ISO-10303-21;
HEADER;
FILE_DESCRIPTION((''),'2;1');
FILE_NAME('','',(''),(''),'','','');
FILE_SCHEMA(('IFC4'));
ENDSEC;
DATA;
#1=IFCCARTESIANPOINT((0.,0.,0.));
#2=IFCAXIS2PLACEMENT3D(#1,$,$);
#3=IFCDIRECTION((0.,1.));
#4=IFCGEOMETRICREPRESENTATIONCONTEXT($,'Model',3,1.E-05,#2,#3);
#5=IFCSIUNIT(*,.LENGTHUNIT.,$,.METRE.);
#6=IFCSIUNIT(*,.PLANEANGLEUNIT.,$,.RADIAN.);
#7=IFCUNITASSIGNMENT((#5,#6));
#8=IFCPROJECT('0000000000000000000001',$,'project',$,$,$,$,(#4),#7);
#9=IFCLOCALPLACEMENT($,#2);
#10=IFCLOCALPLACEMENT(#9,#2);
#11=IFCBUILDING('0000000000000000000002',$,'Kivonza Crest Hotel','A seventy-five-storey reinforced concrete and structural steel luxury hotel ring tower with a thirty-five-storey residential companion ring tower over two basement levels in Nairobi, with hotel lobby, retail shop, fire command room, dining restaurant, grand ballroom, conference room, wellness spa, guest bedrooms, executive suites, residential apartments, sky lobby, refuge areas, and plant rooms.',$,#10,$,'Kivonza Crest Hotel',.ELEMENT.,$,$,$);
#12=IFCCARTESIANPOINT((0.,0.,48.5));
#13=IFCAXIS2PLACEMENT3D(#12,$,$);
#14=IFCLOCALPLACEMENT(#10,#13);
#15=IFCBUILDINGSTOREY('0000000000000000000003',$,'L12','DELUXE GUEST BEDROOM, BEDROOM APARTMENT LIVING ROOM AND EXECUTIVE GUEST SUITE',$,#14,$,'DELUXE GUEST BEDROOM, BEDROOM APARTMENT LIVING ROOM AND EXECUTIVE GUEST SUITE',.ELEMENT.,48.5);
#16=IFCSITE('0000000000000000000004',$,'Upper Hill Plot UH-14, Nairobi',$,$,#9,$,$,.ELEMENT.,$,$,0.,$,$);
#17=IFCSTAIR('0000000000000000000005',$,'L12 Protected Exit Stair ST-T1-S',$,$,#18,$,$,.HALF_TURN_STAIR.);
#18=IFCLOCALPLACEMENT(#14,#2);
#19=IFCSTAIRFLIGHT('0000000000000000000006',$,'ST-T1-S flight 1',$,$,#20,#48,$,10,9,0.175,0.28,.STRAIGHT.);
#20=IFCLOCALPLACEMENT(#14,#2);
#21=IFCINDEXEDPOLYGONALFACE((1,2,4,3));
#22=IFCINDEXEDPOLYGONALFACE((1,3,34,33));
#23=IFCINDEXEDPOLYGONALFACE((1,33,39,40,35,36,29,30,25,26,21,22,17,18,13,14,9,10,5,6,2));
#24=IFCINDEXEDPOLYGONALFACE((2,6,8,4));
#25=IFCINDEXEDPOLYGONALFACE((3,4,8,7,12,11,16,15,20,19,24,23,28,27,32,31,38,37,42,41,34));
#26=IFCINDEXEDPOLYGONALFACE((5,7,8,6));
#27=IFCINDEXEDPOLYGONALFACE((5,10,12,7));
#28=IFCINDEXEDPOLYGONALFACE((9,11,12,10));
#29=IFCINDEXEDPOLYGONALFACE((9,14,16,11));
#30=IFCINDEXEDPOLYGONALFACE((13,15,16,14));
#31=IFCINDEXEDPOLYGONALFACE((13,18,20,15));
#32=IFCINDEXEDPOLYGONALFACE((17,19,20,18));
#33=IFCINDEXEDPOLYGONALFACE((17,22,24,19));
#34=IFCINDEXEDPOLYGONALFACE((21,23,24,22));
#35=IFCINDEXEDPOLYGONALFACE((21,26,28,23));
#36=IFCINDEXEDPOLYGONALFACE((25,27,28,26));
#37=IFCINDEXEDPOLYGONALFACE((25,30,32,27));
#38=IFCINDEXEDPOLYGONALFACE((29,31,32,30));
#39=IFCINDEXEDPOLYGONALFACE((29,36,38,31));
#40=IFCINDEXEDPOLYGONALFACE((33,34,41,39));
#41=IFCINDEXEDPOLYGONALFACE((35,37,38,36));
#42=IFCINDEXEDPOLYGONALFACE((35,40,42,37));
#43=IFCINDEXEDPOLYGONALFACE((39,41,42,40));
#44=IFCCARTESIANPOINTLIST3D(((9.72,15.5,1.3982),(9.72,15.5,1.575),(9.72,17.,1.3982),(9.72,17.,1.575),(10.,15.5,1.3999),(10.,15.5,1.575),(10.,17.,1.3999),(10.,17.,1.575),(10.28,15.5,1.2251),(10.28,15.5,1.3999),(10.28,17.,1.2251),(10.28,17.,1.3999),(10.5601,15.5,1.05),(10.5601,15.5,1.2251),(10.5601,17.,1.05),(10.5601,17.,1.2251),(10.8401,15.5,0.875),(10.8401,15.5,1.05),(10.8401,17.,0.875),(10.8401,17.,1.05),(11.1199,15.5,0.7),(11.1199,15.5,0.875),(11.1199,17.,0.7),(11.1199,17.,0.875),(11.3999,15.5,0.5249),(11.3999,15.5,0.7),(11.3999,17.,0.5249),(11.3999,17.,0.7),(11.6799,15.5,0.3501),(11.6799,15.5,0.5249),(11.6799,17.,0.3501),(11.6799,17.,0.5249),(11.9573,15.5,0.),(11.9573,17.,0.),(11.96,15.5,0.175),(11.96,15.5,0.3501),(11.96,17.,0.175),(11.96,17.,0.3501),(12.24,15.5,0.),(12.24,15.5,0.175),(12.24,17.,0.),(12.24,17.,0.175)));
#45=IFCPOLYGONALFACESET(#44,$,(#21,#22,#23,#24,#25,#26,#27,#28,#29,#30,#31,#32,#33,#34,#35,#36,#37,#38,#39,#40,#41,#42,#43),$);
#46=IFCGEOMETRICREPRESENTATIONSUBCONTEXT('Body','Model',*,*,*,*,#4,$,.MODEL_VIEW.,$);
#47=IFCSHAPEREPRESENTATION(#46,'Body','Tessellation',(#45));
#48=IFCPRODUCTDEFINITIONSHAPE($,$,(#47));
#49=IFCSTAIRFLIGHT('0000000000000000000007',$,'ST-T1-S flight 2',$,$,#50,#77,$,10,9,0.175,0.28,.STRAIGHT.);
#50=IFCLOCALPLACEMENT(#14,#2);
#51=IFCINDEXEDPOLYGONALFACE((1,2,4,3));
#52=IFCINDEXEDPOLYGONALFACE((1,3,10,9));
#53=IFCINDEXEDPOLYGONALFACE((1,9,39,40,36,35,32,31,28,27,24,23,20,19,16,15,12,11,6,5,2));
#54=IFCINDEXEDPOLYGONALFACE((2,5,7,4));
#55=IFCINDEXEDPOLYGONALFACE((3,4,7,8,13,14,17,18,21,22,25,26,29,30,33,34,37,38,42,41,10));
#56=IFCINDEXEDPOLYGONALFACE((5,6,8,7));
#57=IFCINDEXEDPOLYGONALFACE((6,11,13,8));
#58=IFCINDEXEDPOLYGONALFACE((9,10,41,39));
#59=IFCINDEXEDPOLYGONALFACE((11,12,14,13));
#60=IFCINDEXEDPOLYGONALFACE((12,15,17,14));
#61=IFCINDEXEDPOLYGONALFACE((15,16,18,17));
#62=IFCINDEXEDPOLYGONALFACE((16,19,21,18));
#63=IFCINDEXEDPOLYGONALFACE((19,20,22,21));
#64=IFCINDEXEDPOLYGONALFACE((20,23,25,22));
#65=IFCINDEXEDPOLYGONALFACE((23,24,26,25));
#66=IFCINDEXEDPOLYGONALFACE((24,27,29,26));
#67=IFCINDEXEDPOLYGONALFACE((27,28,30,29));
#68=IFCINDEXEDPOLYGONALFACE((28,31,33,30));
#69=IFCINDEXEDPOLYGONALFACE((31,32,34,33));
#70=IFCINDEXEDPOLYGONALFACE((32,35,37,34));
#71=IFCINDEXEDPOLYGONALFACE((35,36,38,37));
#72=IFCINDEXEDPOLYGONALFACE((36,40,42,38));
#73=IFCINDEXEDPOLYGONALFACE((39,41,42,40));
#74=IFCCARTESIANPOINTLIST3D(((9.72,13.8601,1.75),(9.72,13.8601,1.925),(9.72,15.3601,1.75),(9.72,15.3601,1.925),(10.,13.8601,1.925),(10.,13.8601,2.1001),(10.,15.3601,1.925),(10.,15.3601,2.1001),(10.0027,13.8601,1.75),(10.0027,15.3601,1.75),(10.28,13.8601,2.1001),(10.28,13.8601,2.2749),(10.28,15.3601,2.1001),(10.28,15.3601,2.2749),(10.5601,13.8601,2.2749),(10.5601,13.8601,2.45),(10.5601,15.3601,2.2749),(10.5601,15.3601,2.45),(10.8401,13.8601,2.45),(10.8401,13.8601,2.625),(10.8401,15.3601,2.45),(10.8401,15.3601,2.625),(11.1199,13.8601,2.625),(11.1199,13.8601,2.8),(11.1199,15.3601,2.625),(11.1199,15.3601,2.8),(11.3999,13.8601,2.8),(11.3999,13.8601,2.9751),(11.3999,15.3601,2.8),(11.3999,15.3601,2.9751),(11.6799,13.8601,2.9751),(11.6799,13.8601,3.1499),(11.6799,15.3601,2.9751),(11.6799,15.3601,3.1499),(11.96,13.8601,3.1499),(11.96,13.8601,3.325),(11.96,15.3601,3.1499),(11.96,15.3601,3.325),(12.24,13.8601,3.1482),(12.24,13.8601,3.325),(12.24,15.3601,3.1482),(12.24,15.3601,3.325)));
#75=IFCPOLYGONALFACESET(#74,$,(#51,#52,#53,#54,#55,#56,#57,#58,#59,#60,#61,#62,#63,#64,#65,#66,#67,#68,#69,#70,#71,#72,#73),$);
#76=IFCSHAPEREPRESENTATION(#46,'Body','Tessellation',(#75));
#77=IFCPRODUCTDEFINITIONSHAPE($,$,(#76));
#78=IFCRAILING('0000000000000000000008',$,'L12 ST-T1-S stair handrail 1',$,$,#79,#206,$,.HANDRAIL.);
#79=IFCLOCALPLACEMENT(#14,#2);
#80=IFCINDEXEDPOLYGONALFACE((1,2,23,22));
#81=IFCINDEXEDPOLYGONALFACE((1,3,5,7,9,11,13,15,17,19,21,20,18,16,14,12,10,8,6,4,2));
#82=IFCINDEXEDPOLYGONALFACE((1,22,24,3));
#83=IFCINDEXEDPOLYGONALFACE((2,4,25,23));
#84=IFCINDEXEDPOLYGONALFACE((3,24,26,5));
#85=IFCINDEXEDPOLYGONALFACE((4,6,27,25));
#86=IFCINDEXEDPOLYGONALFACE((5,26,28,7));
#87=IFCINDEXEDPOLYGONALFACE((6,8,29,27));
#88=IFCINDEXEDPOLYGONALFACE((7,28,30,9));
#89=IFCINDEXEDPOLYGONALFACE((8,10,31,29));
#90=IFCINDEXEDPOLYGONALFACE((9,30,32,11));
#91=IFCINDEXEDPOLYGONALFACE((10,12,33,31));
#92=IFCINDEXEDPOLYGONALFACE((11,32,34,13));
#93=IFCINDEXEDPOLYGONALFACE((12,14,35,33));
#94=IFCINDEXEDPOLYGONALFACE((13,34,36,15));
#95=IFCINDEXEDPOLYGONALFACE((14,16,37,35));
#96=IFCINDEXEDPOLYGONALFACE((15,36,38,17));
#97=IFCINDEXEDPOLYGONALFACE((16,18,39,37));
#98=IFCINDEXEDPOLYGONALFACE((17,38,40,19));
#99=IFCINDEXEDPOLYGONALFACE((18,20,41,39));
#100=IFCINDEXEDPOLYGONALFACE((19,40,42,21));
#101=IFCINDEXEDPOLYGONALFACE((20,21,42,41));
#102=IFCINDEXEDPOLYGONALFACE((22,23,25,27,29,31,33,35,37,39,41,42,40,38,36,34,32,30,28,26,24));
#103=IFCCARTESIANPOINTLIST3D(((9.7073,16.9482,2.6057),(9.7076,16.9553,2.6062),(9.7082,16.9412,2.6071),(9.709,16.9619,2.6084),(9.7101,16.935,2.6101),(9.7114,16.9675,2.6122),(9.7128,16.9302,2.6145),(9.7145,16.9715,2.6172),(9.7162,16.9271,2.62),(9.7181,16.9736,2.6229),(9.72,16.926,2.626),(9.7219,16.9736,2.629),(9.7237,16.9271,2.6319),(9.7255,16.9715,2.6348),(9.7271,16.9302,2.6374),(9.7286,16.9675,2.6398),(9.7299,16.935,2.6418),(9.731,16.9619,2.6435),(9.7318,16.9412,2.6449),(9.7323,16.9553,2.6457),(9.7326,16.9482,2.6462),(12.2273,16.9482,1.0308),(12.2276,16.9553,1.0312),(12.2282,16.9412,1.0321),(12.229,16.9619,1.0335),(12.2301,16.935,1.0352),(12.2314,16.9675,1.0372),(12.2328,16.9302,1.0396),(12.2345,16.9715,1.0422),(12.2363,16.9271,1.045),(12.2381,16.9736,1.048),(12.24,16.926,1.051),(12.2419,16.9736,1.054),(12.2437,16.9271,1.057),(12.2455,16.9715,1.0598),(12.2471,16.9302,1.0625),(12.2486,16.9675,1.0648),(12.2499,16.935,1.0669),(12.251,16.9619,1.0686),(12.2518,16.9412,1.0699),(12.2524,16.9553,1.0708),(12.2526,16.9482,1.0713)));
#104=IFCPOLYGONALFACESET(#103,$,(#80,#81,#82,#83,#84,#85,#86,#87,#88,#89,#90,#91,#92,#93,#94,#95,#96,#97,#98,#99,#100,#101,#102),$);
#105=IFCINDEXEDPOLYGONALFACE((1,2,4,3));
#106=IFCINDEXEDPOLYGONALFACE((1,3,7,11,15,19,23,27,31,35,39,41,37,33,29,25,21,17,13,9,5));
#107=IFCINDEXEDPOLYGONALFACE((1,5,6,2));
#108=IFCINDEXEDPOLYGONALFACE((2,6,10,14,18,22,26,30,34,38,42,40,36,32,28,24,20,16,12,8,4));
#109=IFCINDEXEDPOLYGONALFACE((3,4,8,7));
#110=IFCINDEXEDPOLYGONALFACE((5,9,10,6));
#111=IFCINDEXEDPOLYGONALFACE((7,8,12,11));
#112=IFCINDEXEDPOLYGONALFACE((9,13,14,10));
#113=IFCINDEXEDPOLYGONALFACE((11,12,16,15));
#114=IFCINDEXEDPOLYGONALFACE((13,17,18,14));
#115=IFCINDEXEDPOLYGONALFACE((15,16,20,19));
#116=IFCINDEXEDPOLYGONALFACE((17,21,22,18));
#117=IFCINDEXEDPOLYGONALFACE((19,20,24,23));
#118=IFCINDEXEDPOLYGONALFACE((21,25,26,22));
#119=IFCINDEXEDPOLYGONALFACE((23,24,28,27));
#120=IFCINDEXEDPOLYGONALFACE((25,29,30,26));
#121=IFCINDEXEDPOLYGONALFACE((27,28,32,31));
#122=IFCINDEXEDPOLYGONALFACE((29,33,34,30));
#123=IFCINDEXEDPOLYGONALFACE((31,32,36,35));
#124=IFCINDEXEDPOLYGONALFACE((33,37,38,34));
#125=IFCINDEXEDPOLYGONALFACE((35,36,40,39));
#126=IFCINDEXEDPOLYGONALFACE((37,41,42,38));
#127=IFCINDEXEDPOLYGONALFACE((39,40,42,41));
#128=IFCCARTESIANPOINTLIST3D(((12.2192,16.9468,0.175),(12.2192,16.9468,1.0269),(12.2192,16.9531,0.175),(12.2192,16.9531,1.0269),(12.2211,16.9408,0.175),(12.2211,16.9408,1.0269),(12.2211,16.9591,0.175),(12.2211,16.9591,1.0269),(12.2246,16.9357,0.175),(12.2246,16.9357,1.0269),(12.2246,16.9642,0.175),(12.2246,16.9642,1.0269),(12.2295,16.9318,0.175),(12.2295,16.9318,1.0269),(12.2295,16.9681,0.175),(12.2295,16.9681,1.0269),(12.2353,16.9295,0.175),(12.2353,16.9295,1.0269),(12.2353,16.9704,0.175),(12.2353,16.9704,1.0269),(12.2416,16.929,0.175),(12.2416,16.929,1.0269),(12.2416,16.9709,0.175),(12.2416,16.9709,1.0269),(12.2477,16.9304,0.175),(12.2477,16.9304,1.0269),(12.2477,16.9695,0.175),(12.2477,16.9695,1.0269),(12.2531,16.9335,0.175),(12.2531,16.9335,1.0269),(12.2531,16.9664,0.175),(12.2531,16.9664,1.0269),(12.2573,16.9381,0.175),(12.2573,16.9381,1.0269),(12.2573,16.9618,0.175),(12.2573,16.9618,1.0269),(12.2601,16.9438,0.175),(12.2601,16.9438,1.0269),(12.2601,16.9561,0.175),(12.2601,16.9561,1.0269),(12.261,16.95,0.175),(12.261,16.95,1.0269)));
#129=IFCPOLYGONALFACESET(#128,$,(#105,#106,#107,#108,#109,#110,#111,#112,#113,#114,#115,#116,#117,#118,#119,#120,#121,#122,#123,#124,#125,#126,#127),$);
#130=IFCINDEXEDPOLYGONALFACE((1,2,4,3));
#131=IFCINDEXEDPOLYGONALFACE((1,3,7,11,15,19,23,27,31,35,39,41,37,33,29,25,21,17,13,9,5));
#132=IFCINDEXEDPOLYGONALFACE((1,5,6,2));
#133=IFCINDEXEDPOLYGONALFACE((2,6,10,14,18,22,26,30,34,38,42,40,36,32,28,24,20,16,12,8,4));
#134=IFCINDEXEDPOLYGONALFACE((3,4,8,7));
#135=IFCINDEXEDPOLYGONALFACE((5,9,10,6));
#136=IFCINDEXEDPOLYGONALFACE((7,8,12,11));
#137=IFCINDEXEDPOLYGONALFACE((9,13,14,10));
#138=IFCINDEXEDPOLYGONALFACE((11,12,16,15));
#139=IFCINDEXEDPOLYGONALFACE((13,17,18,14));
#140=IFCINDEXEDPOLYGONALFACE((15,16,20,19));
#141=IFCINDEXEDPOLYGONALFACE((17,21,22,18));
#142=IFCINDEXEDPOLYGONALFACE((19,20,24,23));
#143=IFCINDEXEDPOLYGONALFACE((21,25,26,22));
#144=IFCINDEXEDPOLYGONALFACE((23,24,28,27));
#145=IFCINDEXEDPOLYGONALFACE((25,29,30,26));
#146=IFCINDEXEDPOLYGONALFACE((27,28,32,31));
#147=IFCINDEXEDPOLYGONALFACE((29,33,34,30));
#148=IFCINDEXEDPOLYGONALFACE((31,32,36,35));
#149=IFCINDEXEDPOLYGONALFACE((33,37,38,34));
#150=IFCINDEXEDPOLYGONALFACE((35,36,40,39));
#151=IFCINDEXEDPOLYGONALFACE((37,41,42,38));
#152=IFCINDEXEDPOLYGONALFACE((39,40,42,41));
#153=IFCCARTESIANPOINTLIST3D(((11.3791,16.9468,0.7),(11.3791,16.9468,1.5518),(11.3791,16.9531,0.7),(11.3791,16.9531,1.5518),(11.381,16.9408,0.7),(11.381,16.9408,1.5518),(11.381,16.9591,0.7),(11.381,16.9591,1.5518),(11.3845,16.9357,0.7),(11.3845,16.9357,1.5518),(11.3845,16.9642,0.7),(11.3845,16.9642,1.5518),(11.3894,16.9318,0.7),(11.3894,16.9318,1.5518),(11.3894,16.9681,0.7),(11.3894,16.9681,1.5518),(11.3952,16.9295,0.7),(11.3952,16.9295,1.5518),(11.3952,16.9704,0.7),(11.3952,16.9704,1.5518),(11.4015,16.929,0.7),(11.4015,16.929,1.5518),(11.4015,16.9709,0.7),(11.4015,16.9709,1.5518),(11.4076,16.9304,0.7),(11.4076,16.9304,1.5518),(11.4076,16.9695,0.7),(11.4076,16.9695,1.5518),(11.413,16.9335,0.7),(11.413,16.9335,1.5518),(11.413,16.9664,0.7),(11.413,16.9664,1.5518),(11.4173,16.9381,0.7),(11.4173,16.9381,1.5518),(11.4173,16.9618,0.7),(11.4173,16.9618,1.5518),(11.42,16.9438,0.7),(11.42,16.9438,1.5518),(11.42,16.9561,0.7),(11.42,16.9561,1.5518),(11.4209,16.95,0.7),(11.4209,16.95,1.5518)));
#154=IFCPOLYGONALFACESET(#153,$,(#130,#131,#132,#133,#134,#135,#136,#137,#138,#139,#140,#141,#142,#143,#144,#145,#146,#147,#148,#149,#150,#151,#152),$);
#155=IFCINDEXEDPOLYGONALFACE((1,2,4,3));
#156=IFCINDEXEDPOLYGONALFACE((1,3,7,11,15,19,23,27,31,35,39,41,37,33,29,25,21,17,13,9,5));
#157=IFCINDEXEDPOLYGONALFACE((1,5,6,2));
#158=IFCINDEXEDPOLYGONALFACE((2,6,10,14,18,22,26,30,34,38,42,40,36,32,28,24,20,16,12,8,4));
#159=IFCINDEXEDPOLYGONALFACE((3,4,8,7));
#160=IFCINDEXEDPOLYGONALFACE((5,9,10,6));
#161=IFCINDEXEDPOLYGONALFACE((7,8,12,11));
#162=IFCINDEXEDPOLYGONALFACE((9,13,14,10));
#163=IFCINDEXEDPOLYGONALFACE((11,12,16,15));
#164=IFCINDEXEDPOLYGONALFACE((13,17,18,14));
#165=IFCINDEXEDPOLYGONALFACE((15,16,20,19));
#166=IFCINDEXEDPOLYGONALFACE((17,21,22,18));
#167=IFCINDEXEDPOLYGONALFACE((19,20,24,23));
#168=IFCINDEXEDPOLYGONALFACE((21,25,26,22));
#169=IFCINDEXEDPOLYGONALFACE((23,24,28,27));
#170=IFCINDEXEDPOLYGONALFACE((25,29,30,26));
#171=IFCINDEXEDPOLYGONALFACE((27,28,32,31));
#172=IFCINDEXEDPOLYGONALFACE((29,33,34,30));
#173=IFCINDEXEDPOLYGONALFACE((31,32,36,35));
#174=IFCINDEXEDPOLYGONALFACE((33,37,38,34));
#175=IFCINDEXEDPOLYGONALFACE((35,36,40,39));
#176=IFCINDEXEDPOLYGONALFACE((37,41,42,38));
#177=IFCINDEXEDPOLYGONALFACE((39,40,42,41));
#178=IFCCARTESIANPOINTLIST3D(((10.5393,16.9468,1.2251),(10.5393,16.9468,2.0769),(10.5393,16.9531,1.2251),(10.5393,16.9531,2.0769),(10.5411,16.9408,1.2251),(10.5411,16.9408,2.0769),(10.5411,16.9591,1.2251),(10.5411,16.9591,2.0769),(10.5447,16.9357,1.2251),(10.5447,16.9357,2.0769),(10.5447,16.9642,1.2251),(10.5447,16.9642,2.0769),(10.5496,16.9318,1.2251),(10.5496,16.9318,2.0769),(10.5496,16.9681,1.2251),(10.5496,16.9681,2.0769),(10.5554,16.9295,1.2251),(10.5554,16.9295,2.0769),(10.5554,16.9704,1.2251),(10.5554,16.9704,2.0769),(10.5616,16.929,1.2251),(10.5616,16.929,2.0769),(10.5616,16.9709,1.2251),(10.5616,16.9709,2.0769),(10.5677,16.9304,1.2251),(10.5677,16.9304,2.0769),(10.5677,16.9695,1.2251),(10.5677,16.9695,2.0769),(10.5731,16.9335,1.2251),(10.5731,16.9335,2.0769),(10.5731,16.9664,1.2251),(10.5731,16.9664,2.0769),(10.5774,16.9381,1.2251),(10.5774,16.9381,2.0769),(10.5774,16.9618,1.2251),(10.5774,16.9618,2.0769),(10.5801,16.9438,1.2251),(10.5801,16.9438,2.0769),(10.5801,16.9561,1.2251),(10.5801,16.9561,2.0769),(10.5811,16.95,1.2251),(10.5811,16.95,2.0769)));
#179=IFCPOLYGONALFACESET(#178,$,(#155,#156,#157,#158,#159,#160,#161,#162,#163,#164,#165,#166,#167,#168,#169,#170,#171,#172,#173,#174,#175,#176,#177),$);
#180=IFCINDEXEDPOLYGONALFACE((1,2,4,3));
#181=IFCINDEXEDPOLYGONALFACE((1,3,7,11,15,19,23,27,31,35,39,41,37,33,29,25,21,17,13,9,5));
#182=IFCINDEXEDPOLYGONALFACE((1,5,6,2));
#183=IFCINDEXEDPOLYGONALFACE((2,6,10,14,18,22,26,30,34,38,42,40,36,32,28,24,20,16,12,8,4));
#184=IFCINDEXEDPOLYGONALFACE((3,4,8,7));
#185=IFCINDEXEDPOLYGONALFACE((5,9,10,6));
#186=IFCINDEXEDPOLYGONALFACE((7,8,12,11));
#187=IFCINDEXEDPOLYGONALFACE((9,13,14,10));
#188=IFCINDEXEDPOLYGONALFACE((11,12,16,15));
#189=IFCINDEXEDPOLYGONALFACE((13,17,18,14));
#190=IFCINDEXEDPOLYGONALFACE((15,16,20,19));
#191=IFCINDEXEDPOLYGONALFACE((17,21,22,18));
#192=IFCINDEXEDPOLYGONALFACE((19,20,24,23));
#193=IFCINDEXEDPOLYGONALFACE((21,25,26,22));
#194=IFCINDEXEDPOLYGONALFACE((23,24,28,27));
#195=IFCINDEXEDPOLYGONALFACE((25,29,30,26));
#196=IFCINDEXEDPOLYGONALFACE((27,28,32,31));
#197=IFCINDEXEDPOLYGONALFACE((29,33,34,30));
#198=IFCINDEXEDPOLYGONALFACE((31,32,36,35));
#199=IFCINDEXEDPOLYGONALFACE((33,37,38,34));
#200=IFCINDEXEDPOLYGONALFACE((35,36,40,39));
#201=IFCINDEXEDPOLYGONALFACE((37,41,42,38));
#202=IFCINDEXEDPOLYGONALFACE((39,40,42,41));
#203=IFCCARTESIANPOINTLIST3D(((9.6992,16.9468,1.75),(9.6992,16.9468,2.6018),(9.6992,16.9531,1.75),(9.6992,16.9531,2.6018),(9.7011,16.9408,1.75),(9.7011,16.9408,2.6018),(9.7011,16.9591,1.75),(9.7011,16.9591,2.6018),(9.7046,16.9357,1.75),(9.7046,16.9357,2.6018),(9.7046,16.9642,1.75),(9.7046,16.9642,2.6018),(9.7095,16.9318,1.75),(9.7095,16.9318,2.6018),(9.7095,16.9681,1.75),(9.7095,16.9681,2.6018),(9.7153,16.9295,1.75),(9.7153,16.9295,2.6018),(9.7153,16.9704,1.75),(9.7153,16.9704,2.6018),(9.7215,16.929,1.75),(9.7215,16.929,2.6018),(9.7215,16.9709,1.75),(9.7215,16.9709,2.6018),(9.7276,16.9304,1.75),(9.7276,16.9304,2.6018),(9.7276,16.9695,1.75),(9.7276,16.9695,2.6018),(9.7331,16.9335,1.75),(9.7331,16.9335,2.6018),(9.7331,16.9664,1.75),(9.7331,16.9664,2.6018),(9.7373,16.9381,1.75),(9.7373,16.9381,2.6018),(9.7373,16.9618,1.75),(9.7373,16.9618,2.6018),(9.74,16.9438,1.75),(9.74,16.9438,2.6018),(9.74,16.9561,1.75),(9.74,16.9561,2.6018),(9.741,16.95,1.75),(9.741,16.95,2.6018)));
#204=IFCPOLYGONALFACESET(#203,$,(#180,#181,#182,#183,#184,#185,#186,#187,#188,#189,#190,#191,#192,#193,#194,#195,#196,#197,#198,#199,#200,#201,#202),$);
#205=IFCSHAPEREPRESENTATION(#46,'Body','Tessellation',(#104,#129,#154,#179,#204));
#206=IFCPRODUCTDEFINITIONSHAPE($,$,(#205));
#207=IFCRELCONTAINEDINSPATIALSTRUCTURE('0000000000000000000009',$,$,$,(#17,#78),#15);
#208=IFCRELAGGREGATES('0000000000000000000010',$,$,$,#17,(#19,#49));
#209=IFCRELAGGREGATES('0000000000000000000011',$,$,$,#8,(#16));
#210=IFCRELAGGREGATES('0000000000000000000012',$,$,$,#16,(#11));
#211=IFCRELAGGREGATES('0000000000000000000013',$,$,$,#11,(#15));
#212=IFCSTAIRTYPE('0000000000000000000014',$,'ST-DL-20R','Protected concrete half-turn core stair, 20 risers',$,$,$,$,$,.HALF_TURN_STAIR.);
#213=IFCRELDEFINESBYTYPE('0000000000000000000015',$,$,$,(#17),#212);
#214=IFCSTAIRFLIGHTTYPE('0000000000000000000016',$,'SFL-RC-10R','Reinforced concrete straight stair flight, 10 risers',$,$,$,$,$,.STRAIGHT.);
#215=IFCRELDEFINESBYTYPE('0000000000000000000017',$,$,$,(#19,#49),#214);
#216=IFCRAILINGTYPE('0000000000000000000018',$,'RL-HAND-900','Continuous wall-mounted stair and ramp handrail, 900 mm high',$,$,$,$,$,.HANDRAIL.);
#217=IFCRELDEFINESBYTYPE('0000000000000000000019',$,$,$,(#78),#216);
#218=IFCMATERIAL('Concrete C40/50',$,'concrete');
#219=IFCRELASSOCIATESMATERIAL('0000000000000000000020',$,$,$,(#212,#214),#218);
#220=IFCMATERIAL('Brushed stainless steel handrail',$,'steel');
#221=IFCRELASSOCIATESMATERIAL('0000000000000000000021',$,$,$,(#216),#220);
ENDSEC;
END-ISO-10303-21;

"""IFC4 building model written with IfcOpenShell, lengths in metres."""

from ifc_helpers import new_model, si_unit, direction, frame, origin, origin_2d, place, context, subcontext, project, spatial, polyline, circle, outline, extrude, material, type_object, element, aggregate, save


model = new_model("IFC4")

# Units and contexts
model_context = context("Model", 3, precision=1e-05, world=origin(), true_north=direction((0.0, 1.0)))
body_context = subcontext(model_context, "Body", "Model", "MODEL_VIEW")
ifc_project = project(units=[si_unit("LENGTHUNIT", "METRE"), si_unit("PLANEANGLEUNIT", "RADIAN")], contexts=[model_context])

# Site, building, storey
site_placement = place(None, origin())
site = spatial("IfcSite", under=ifc_project, at=site_placement, Name="Upper Hill Plot UH-14, Nairobi", CompositionType="ELEMENT", RefElevation=0.0)
building_placement = place(site_placement, origin())
building = spatial("IfcBuilding", under=site, at=building_placement, Name="Kivonza Crest Hotel", Description="A seventy-five-storey reinforced concrete and structural steel luxury hotel ring tower with a thirty-five-storey residential companion ring tower over two basement levels in Nairobi, with hotel lobby, retail shop, fire command room, dining restaurant, grand ballroom, conference room, wellness spa, guest bedrooms, executive suites, residential apartments, sky lobby, refuge areas, and plant rooms.", LongName="Kivonza Crest Hotel", CompositionType="ELEMENT")
storey_placement = place(building_placement, frame((0.0, 0.0, 48.5)))
storey = spatial("IfcBuildingStorey", under=building, at=storey_placement, Name="L12", Description="DELUXE GUEST BEDROOM, BEDROOM APARTMENT LIVING ROOM AND EXECUTIVE GUEST SUITE", LongName="DELUXE GUEST BEDROOM, BEDROOM APARTMENT LIVING ROOM AND EXECUTIVE GUEST SUITE", CompositionType="ELEMENT", Elevation=48.5)

# Stair, stair flights
ifc_material_1 = material(Name="Concrete C40/50", Category="concrete")
stair_type = type_object("IfcStairType", Name="ST-DL-20R", Description="Protected concrete half-turn core stair, 20 risers", PredefinedType="HALF_TURN_STAIR", material=ifc_material_1)
stair_placement = place(storey_placement, origin())
stair = element("IfcStair", 1, at=stair_placement, inside=storey, type_object=stair_type, Name="L12 Protected Exit Stair ST-T1-S", PredefinedType="HALF_TURN_STAIR")
stair_flight_type = type_object("IfcStairFlightType", Name="SFL-RC-10R", Description="Reinforced concrete straight stair flight, 10 risers", PredefinedType="STRAIGHT", material=ifc_material_1)
stair_flight_1_placement = place(storey_placement, frame((12.24, 16.25, 0.0), z_axis=(0.0, 0.0, 1.0), x_axis=(-1.0, 0.0, 0.0)))
stair_flight_1 = element("IfcStairFlight", 2, at=stair_flight_1_placement, type_object=stair_flight_type, Name="ST-T1-S flight 1", NumberOfRisers=10, NumberOfTreads=9, PredefinedType="STRAIGHT", RiserHeight=0.175, TreadLength=0.28, context=body_context, shape_type="SweptSolid", body=[
    extrude(outline(polyline([(0.0, 0.0), (0.0, 0.175), (0.28, 0.175), (0.28, 0.3501), (0.5601, 0.3501), (0.5601, 0.5249), (0.8401, 0.5249), (0.8401, 0.7), (1.1201, 0.7), (1.1201, 0.875), (1.3999, 0.875), (1.3999, 1.05), (1.6799, 1.05), (1.6799, 1.2251), (1.96, 1.2251), (1.96, 1.3999), (2.24, 1.3999), (2.24, 1.575), (2.52, 1.575), (2.52, 1.75), (2.52, 1.3982), (0.2827, 0.0), (0.0, 0.0)])), frame((0.0, 0.75, 0.0), z_axis=(0.0, -1.0, 0.0), x_axis=(1.0, 0.0, 0.0)), (0.0, 0.0, 1.0), 1.5),
])
stair_flight_2_placement = place(storey_placement, frame((9.72, 14.6101, 1.75), z_axis=(0.0, 0.0, 1.0), x_axis=(1.0, 0.0, 0.0)))
stair_flight_2 = element("IfcStairFlight", 3, at=stair_flight_2_placement, type_object=stair_flight_type, Name="ST-T1-S flight 2", NumberOfRisers=10, NumberOfTreads=9, PredefinedType="STRAIGHT", RiserHeight=0.175, TreadLength=0.28, context=body_context, shape_type="SweptSolid", body=[
    extrude(outline(polyline([(0.0, 0.0), (0.0, 0.175), (0.28, 0.175), (0.28, 0.3501), (0.5601, 0.3501), (0.5601, 0.5249), (0.8401, 0.5249), (0.8401, 0.7), (1.1201, 0.7), (1.1201, 0.875), (1.3999, 0.875), (1.3999, 1.05), (1.6799, 1.05), (1.6799, 1.2251), (1.96, 1.2251), (1.96, 1.3999), (2.24, 1.3999), (2.24, 1.575), (2.52, 1.575), (2.52, 1.75), (2.52, 1.3982), (0.2827, 0.0), (0.0, 0.0)])), frame((0.0, 0.75, 0.0), z_axis=(0.0, -1.0, 0.0), x_axis=(1.0, 0.0, 0.0)), (0.0, 0.0, 1.0), 1.5),
])
aggregate(stair, [stair_flight_1, stair_flight_2])

# Railing
ifc_material_2 = material(Name="Brushed stainless steel handrail", Category="steel")
railing_type_1 = type_object("IfcRailingType", Name="RL-HAND-900", Description="Continuous wall-mounted stair and ramp handrail, 900 mm high", PredefinedType="HANDRAIL", material=ifc_material_2)
railing_1_placement = place(storey_placement, frame((12.24, 16.95, 0.175)))
element("IfcRailing", 4, at=railing_1_placement, inside=storey, type_object=railing_type_1, Name="L12 ST-T1-S stair handrail 1", PredefinedType="HANDRAIL", context=body_context, shape_type="SweptSolid", body=[
    extrude(circle(Radius=0.0239, at=origin_2d()), frame((0.0, 0.0, 0.876), z_axis=(-0.848008, 0.0, 0.529984), x_axis=(0.0, -1.0, 0.0)), (0.0, 0.0, 1.0), 2.9717),
    extrude(circle(Radius=0.021, at=origin_2d()), origin(), (0.0, 0.0, 1.0), 0.8518),
    extrude(circle(Radius=0.021, at=origin_2d()), frame((-0.8401, 0.0, 0.5249)), (0.0, 0.0, 1.0), 0.8518),
    extrude(circle(Radius=0.021, at=origin_2d()), frame((-1.6799, 0.0, 1.05)), (0.0, 0.0, 1.0), 0.8518),
    extrude(circle(Radius=0.021, at=origin_2d()), frame((-2.52, 0.0, 1.575)), (0.0, 0.0, 1.0), 0.8518),
])

save(model, "model.ifc")
